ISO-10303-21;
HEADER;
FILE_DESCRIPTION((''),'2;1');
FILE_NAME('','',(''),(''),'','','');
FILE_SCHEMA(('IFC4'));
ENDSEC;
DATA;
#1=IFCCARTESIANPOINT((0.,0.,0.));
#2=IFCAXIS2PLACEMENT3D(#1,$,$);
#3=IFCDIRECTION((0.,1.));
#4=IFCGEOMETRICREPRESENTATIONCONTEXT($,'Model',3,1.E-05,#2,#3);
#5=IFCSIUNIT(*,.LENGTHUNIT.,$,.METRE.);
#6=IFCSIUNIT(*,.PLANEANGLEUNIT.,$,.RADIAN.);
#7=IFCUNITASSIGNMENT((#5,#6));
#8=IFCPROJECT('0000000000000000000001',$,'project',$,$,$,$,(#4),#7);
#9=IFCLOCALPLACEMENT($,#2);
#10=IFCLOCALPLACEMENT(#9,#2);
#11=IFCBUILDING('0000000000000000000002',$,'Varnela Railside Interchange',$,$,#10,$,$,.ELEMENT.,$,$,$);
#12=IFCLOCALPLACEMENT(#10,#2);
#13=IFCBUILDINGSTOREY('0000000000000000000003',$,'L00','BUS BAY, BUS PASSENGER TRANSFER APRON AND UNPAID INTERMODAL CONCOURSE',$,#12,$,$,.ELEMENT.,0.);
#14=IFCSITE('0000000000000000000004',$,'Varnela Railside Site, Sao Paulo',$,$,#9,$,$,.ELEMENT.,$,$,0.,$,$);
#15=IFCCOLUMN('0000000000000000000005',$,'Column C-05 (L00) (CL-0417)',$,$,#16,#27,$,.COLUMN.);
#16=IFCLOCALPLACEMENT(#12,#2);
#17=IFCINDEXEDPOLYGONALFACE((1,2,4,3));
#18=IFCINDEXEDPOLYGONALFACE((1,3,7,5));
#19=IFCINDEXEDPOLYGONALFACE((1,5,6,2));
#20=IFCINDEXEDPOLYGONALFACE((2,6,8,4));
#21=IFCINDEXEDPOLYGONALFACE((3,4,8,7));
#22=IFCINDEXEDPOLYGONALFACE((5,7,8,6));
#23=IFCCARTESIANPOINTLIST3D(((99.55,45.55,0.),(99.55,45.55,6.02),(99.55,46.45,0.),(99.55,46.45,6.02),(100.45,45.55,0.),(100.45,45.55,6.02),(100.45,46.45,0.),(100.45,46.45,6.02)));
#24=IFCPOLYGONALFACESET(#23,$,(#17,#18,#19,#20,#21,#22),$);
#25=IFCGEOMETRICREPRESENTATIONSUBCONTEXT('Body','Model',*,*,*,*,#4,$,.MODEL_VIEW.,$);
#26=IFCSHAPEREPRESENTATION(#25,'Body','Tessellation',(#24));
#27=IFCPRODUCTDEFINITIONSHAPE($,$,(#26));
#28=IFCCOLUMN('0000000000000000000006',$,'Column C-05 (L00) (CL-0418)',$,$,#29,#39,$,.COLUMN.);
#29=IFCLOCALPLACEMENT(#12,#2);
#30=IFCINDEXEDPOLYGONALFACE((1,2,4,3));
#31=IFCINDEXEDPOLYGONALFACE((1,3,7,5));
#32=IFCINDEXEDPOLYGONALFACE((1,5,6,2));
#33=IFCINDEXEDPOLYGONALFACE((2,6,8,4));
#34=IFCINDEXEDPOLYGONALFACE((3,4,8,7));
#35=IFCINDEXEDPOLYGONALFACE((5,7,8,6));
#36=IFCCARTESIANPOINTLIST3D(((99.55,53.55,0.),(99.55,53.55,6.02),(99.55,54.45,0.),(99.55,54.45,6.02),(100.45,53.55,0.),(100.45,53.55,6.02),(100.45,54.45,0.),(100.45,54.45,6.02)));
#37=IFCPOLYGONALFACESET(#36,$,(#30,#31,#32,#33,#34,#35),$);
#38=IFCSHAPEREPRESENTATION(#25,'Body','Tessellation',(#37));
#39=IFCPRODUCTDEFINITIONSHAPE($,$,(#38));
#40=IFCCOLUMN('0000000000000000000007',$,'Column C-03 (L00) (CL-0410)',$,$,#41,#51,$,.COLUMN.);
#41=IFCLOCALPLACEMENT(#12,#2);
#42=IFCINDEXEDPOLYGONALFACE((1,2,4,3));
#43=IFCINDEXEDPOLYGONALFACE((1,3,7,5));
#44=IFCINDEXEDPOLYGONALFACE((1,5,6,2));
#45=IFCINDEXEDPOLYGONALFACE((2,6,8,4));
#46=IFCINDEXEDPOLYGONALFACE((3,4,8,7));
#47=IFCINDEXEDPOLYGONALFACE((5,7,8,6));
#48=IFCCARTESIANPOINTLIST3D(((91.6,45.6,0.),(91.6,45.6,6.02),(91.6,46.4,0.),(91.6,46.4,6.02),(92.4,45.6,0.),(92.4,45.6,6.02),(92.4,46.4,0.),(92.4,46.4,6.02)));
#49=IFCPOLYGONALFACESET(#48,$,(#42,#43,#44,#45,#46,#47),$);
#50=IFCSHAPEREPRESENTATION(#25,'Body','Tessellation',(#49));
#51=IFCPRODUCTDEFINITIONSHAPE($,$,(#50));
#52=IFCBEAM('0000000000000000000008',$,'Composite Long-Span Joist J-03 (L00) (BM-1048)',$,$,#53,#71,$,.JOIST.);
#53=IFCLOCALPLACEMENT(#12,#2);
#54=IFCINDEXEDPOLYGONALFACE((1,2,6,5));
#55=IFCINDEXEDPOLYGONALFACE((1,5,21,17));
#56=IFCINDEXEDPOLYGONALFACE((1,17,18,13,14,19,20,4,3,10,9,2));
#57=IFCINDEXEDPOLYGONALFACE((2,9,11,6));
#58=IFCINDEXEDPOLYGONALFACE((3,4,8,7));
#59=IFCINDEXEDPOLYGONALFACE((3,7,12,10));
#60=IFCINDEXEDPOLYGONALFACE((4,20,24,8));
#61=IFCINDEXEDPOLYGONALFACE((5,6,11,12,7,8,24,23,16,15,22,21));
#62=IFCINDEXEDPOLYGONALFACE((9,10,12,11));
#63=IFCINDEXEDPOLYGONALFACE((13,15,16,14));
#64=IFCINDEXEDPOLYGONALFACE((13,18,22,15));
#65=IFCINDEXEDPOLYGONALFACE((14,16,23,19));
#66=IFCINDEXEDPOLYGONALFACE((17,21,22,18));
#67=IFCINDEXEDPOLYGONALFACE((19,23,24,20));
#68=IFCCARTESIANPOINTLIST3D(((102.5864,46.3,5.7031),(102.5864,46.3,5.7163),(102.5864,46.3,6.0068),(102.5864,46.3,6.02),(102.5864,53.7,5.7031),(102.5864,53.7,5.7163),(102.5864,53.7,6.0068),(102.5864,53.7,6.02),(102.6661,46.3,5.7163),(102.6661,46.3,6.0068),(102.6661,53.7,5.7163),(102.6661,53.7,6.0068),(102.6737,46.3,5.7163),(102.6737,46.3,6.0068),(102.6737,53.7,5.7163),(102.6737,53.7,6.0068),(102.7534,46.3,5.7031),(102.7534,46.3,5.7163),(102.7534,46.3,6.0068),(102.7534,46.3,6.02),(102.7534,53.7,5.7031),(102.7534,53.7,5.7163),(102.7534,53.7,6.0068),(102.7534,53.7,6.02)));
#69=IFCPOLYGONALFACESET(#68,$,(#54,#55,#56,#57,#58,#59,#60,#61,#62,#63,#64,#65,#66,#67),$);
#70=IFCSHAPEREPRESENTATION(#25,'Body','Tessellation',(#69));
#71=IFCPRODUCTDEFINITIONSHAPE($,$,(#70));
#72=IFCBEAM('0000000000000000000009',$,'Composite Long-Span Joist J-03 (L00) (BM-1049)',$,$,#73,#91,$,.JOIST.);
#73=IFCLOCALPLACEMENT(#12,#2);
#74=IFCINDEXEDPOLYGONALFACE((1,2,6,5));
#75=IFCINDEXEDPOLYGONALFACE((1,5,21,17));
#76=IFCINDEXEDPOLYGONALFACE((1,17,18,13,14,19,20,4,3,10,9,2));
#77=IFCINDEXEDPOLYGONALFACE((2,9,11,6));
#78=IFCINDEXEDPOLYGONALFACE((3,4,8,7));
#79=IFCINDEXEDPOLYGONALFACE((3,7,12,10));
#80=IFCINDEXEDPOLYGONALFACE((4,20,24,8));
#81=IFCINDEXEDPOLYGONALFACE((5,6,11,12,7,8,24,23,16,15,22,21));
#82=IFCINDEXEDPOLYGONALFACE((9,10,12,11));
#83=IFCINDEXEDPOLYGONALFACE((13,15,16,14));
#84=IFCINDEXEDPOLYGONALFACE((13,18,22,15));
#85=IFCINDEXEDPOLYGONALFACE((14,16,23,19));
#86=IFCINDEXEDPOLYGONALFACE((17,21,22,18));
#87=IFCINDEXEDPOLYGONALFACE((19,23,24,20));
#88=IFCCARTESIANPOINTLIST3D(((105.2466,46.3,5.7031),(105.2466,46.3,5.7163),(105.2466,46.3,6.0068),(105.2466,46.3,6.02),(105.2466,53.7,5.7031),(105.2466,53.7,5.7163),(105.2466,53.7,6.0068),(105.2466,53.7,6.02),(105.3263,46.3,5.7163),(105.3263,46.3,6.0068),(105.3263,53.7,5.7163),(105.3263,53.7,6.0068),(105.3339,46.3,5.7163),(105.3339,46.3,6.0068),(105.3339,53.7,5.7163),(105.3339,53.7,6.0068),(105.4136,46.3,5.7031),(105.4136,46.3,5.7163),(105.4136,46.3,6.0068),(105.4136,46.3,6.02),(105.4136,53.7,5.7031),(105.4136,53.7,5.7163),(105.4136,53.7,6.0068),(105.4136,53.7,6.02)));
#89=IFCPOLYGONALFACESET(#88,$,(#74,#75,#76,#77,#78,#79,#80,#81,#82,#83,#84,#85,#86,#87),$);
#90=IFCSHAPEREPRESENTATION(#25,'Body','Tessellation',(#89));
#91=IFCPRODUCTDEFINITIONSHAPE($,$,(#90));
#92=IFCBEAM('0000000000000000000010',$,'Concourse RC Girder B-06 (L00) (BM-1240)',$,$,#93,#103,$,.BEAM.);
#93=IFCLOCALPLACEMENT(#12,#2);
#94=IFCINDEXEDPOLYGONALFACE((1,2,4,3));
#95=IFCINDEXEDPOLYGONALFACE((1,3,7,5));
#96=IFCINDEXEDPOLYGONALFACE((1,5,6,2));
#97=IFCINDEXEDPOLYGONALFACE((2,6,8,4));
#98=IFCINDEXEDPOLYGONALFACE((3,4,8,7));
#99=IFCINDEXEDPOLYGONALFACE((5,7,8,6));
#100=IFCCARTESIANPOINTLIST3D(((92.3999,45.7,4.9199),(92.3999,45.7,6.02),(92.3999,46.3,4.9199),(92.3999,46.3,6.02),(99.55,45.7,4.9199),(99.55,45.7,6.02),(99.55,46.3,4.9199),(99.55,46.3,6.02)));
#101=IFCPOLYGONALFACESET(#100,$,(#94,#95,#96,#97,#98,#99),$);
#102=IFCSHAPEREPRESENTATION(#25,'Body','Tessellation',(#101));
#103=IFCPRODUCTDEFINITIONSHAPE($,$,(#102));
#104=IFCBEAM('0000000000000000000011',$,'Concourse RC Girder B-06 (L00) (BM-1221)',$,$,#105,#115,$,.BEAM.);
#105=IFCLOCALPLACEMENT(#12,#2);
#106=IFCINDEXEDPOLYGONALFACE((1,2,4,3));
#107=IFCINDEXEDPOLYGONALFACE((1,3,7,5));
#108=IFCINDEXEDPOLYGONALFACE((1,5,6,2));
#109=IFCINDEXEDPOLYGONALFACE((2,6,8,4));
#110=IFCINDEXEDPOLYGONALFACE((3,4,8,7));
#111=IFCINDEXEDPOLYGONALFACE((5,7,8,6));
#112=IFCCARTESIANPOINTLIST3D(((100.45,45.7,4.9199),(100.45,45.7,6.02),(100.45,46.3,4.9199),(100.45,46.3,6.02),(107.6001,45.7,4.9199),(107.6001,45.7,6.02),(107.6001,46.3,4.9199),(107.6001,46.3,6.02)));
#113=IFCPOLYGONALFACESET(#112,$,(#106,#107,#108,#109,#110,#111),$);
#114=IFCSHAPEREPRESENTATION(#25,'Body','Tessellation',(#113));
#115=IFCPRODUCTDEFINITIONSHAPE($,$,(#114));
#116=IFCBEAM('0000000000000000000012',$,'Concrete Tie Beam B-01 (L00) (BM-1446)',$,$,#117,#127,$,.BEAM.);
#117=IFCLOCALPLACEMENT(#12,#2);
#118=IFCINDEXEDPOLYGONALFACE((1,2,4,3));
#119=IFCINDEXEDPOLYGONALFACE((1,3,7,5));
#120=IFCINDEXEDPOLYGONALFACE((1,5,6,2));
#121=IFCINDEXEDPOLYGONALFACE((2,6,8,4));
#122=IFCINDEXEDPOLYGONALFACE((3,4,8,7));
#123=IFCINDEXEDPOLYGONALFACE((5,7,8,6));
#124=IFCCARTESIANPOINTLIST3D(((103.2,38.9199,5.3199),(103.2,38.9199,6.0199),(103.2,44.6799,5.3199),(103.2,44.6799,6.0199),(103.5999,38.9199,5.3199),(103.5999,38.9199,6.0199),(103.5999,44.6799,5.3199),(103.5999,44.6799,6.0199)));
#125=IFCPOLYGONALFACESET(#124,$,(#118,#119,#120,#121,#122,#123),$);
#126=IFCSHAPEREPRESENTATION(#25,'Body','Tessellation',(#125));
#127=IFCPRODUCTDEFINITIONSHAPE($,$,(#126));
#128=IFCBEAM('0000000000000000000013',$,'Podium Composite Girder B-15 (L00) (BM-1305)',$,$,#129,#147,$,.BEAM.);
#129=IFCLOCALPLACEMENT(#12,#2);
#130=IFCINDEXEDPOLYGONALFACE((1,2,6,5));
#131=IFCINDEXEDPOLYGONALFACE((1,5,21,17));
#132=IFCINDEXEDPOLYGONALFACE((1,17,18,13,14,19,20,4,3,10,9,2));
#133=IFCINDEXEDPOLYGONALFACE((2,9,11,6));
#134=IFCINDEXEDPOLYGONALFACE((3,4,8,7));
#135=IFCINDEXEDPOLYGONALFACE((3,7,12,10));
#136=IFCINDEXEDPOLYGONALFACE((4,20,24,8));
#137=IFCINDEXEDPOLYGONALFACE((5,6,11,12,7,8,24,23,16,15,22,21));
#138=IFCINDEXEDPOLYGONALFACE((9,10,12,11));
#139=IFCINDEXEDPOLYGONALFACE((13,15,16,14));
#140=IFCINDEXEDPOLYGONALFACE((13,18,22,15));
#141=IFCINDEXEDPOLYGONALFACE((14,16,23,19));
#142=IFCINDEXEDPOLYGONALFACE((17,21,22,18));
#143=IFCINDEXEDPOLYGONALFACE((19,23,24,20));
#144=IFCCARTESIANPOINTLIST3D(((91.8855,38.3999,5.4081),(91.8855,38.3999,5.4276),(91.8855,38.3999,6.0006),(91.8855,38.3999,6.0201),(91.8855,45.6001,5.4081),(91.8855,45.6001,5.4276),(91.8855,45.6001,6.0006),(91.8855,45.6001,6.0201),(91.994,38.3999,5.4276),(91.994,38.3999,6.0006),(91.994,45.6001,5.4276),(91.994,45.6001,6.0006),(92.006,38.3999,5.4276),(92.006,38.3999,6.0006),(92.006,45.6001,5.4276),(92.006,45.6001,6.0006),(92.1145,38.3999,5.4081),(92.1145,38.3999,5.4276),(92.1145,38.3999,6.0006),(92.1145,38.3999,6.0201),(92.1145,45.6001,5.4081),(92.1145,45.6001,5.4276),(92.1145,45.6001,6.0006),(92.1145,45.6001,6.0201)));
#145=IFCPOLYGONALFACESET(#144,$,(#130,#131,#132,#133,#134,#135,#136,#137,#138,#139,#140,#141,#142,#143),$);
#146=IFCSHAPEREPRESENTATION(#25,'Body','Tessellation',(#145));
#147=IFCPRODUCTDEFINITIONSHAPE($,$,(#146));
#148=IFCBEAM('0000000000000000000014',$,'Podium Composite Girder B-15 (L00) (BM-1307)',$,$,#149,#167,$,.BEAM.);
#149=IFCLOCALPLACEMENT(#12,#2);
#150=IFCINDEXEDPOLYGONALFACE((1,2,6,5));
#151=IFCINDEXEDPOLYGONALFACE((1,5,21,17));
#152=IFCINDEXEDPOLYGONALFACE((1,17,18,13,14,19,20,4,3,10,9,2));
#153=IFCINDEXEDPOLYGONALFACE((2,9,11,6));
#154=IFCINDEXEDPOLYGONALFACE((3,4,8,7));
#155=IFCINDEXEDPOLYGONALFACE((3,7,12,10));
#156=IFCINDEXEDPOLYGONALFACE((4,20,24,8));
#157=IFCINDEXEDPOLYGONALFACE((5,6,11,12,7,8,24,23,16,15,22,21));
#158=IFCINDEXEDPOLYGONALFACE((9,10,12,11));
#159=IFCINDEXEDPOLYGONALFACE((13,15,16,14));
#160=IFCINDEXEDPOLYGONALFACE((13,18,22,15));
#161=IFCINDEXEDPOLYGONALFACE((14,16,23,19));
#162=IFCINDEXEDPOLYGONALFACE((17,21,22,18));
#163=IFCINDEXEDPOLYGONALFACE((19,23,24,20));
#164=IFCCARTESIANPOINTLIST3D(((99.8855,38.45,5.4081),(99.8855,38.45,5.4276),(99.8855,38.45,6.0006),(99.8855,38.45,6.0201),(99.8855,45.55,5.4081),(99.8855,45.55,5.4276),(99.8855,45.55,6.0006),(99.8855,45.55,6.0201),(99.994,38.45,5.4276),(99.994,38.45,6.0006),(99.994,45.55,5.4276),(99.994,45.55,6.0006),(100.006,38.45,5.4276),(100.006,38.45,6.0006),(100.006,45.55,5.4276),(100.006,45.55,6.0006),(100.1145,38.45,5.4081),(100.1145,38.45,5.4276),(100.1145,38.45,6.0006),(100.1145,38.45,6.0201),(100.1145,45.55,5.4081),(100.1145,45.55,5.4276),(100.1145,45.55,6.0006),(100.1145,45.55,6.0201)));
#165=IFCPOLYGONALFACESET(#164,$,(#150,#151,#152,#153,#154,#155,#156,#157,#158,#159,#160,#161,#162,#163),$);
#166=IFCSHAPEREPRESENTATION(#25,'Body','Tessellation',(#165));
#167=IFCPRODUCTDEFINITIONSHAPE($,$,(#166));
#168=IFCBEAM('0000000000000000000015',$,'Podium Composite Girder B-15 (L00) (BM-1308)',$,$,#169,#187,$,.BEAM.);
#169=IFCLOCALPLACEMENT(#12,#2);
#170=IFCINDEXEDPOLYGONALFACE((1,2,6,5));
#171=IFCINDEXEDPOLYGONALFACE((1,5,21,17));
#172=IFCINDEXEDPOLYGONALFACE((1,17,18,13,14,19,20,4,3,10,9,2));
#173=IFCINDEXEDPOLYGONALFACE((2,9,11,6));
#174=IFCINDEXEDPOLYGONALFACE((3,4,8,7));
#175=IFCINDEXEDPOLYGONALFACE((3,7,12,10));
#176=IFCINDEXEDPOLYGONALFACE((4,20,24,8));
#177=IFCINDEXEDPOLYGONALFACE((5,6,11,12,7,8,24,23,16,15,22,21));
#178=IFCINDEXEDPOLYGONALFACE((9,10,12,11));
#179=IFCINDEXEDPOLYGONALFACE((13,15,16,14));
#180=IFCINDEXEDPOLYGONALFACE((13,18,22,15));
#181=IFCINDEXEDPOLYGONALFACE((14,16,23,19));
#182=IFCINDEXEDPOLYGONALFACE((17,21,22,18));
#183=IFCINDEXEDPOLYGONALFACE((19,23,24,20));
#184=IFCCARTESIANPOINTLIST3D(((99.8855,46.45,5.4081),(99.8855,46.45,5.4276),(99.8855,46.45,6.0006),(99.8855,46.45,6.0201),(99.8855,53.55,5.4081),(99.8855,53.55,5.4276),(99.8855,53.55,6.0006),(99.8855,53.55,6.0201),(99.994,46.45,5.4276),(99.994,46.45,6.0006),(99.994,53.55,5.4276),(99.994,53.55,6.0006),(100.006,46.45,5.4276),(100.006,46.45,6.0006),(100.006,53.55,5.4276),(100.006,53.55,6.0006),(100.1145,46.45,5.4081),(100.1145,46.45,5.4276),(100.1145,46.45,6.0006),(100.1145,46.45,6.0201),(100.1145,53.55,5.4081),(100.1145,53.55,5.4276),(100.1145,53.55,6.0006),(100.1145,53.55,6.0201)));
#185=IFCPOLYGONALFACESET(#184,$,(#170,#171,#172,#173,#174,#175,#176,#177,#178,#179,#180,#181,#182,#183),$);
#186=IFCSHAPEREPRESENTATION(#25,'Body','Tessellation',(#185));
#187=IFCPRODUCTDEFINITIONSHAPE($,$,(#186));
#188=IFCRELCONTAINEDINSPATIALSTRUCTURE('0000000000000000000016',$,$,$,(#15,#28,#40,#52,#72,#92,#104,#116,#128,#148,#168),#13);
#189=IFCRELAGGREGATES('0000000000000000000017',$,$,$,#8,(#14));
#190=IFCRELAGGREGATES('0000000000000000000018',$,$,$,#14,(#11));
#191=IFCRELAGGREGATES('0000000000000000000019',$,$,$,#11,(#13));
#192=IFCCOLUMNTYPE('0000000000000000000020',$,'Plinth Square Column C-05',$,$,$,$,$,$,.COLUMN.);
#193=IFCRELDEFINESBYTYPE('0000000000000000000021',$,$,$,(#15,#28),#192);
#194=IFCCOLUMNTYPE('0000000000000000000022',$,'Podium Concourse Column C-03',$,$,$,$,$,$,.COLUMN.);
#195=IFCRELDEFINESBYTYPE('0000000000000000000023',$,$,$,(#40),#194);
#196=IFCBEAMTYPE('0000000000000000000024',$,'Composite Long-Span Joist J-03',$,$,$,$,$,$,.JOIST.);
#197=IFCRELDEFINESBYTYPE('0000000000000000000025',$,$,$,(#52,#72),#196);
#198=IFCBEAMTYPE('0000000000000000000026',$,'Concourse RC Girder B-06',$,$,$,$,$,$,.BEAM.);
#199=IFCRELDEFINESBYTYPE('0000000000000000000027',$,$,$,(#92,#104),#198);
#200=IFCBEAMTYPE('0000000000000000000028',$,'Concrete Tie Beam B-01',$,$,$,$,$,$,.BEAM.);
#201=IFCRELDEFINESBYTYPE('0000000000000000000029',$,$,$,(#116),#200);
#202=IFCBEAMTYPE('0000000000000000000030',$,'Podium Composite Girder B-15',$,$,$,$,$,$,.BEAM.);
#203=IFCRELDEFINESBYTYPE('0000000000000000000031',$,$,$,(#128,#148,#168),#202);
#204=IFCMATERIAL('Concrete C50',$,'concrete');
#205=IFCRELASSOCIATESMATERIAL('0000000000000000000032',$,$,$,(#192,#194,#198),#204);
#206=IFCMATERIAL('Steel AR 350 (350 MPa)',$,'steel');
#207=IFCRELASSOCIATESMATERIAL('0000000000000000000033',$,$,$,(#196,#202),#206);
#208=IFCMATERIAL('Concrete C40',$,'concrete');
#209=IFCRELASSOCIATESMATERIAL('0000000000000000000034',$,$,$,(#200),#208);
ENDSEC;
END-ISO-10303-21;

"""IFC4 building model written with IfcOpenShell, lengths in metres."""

from ifc_helpers import new_model, si_unit, direction, frame, origin, origin_2d, place, context, subcontext, project, spatial, rectangle, i_section, extrude, material, material_profile, profile_set, type_object, element, save


model = new_model("IFC4")

# Units and contexts
model_context = context("Model", 3, precision=1e-05, world=origin(), true_north=direction((0.0, 1.0)))
body_context = subcontext(model_context, "Body", "Model", "MODEL_VIEW")
ifc_project = project(units=[si_unit("LENGTHUNIT", "METRE"), si_unit("PLANEANGLEUNIT", "RADIAN")], contexts=[model_context])

# Site, building, storey
site_placement = place(None, origin())
site = spatial("IfcSite", under=ifc_project, at=site_placement, Name="Varnela Railside Site, Sao Paulo", CompositionType="ELEMENT", RefElevation=0.0)
building_placement = place(site_placement, origin())
building = spatial("IfcBuilding", under=site, at=building_placement, Name="Varnela Railside Interchange", CompositionType="ELEMENT")
storey_placement = place(building_placement, origin())
storey = spatial("IfcBuildingStorey", under=building, at=storey_placement, Name="L00", Description="BUS BAY, BUS PASSENGER TRANSFER APRON AND UNPAID INTERMODAL CONCOURSE", CompositionType="ELEMENT", Elevation=0.0)

# Columns
ifc_material_1 = material(Name="Concrete C50", Category="concrete")
ifc_material_profile_1 = material_profile(ifc_material_1, rectangle(XDim=0.8999, YDim=0.8999, at=origin_2d()), Name="RC 900x900")
ifc_profile_set_1 = profile_set([ifc_material_profile_1], Name="Concrete C50")
column_type_1 = type_object("IfcColumnType", Name="Plinth Square Column C-05", PredefinedType="COLUMN", material=ifc_profile_set_1)
for number, where, z_axis, x_axis, name in (
    (1, (100.0, 46.0, 0.0), (0.0, 0.0, 1.0), (1.0, 0.0, 0.0), "Column C-05 (L00) (CL-0417)"),
    (2, (100.0, 54.0, 0.0), (0.0, 0.0, 1.0), (1.0, 0.0, 0.0), "Column C-05 (L00) (CL-0418)"),
):
    element("IfcColumn", number, at=place(storey_placement, frame(where, z_axis=z_axis, x_axis=x_axis)), inside=storey, type_object=column_type_1, Name=name, PredefinedType="COLUMN", context=body_context, shape_type="SweptSolid", body=[
        extrude(rectangle(XDim=0.8999, YDim=0.8999, at=origin_2d()), origin(), (0.0, 0.0, 1.0), 6.02),
    ])
ifc_material_profile_2 = material_profile(ifc_material_1, rectangle(XDim=0.8, YDim=0.8, at=origin_2d()), Name="RC 800x800")
ifc_profile_set_2 = profile_set([ifc_material_profile_2], Name="Concrete C50")
column_type_2 = type_object("IfcColumnType", Name="Podium Concourse Column C-03", PredefinedType="COLUMN", material=ifc_profile_set_2)
column_placement = place(storey_placement, frame((92.0, 46.0, 0.0), z_axis=(0.0, 0.0, 1.0), x_axis=(1.0, 0.0, 0.0)))
element("IfcColumn", 3, at=column_placement, inside=storey, type_object=column_type_2, Name="Column C-03 (L00) (CL-0410)", PredefinedType="COLUMN", context=body_context, shape_type="SweptSolid", body=[
    extrude(rectangle(XDim=0.8, YDim=0.8, at=origin_2d()), origin(), (0.0, 0.0, 1.0), 6.02),
])

# Beams
ifc_material_2 = material(Name="Steel AR 350 (350 MPa)", Category="steel")
ifc_material_profile_3 = material_profile(ifc_material_2, i_section(OverallWidth=0.167, OverallDepth=0.3169, WebThickness=0.0076, FlangeThickness=0.0132, at=origin_2d()), Name="W310x52")
ifc_profile_set_3 = profile_set([ifc_material_profile_3], Name="Steel AR 350 (350 MPa)")
beam_type_1 = type_object("IfcBeamType", Name="Composite Long-Span Joist J-03", PredefinedType="JOIST", material=ifc_profile_set_3)
for number, where, z_axis, x_axis, name in (
    (4, (102.6699, 46.3, 5.8616), (0.0, 1.0, 0.0), (-1.0, 0.0, 0.0), "Composite Long-Span Joist J-03 (L00) (BM-1048)"),
    (5, (105.3301, 46.3, 5.8616), (0.0, 1.0, 0.0), (-1.0, 0.0, 0.0), "Composite Long-Span Joist J-03 (L00) (BM-1049)"),
):
    element("IfcBeam", number, at=place(storey_placement, frame(where, z_axis=z_axis, x_axis=x_axis)), inside=storey, type_object=beam_type_1, Name=name, PredefinedType="JOIST", context=body_context, shape_type="SweptSolid", body=[
        extrude(i_section(OverallWidth=0.167, OverallDepth=0.3169, WebThickness=0.0076, FlangeThickness=0.0132, at=origin_2d()), origin(), (0.0, 0.0, 1.0), 7.3999),
    ])
ifc_material_profile_4 = material_profile(ifc_material_1, rectangle(XDim=0.6001, YDim=1.1001, at=origin_2d()), Name="RC 600x1100")
ifc_profile_set_4 = profile_set([ifc_material_profile_4], Name="Concrete C50")
beam_type_2 = type_object("IfcBeamType", Name="Concourse RC Girder B-06", PredefinedType="BEAM", material=ifc_profile_set_4)
for number, where, z_axis, x_axis, name in (
    (6, (92.3999, 46.0, 5.47), (1.0, 0.0, 0.0), (0.0, 1.0, 0.0), "Concourse RC Girder B-06 (L00) (BM-1240)"),
    (7, (100.45, 46.0, 5.47), (1.0, 0.0, 0.0), (0.0, 1.0, 0.0), "Concourse RC Girder B-06 (L00) (BM-1221)"),
):
    element("IfcBeam", number, at=place(storey_placement, frame(where, z_axis=z_axis, x_axis=x_axis)), inside=storey, type_object=beam_type_2, Name=name, PredefinedType="BEAM", context=body_context, shape_type="SweptSolid", body=[
        extrude(rectangle(XDim=0.6001, YDim=1.1001, at=origin_2d()), origin(), (0.0, 0.0, 1.0), 7.1501),
    ])
ifc_material_3 = material(Name="Concrete C40", Category="concrete")
ifc_material_profile_5 = material_profile(ifc_material_3, rectangle(XDim=0.3999, YDim=0.7, at=origin_2d()), Name="RC 400x700")
ifc_profile_set_5 = profile_set([ifc_material_profile_5], Name="Concrete C40")
beam_type_3 = type_object("IfcBeamType", Name="Concrete Tie Beam B-01", PredefinedType="BEAM", material=ifc_profile_set_5)
beam_1_placement = place(storey_placement, frame((103.3999, 38.9199, 5.6699), z_axis=(0.0, 1.0, 0.0), x_axis=(-1.0, 0.0, 0.0)))
element("IfcBeam", 8, at=beam_1_placement, inside=storey, type_object=beam_type_3, Name="Concrete Tie Beam B-01 (L00) (BM-1446)", PredefinedType="BEAM", context=body_context, shape_type="SweptSolid", body=[
    extrude(rectangle(XDim=0.3999, YDim=0.7, at=origin_2d()), origin(), (0.0, 0.0, 1.0), 5.76),
])
ifc_material_profile_6 = material_profile(ifc_material_2, i_section(OverallWidth=0.229, OverallDepth=0.6121, WebThickness=0.012, FlangeThickness=0.0195, at=origin_2d()), Name="W610x125")
ifc_profile_set_6 = profile_set([ifc_material_profile_6], Name="Steel AR 350 (350 MPa)")
beam_type_4 = type_object("IfcBeamType", Name="Podium Composite Girder B-15", PredefinedType="BEAM", material=ifc_profile_set_6)
beam_2_placement = place(storey_placement, frame((92.0, 38.3999, 5.7141), z_axis=(0.0, 1.0, 0.0), x_axis=(-1.0, 0.0, 0.0)))
element("IfcBeam", 9, at=beam_2_placement, inside=storey, type_object=beam_type_4, Name="Podium Composite Girder B-15 (L00) (BM-1305)", PredefinedType="BEAM", context=body_context, shape_type="SweptSolid", body=[
    extrude(i_section(OverallWidth=0.229, OverallDepth=0.6121, WebThickness=0.012, FlangeThickness=0.0195, at=origin_2d()), origin(), (0.0, 0.0, 1.0), 7.2002),
])
for number, where, z_axis, x_axis, name in (
    (10, (100.0, 38.45, 5.7141), (0.0, 1.0, 0.0), (-1.0, 0.0, 0.0), "Podium Composite Girder B-15 (L00) (BM-1307)"),
    (11, (100.0, 46.45, 5.7141), (0.0, 1.0, 0.0), (-1.0, 0.0, 0.0), "Podium Composite Girder B-15 (L00) (BM-1308)"),
):
    element("IfcBeam", number, at=place(storey_placement, frame(where, z_axis=z_axis, x_axis=x_axis)), inside=storey, type_object=beam_type_4, Name=name, PredefinedType="BEAM", context=body_context, shape_type="SweptSolid", body=[
        extrude(i_section(OverallWidth=0.229, OverallDepth=0.6121, WebThickness=0.012, FlangeThickness=0.0195, at=origin_2d()), origin(), (0.0, 0.0, 1.0), 7.1001),
    ])

save(model, "model.ifc")
